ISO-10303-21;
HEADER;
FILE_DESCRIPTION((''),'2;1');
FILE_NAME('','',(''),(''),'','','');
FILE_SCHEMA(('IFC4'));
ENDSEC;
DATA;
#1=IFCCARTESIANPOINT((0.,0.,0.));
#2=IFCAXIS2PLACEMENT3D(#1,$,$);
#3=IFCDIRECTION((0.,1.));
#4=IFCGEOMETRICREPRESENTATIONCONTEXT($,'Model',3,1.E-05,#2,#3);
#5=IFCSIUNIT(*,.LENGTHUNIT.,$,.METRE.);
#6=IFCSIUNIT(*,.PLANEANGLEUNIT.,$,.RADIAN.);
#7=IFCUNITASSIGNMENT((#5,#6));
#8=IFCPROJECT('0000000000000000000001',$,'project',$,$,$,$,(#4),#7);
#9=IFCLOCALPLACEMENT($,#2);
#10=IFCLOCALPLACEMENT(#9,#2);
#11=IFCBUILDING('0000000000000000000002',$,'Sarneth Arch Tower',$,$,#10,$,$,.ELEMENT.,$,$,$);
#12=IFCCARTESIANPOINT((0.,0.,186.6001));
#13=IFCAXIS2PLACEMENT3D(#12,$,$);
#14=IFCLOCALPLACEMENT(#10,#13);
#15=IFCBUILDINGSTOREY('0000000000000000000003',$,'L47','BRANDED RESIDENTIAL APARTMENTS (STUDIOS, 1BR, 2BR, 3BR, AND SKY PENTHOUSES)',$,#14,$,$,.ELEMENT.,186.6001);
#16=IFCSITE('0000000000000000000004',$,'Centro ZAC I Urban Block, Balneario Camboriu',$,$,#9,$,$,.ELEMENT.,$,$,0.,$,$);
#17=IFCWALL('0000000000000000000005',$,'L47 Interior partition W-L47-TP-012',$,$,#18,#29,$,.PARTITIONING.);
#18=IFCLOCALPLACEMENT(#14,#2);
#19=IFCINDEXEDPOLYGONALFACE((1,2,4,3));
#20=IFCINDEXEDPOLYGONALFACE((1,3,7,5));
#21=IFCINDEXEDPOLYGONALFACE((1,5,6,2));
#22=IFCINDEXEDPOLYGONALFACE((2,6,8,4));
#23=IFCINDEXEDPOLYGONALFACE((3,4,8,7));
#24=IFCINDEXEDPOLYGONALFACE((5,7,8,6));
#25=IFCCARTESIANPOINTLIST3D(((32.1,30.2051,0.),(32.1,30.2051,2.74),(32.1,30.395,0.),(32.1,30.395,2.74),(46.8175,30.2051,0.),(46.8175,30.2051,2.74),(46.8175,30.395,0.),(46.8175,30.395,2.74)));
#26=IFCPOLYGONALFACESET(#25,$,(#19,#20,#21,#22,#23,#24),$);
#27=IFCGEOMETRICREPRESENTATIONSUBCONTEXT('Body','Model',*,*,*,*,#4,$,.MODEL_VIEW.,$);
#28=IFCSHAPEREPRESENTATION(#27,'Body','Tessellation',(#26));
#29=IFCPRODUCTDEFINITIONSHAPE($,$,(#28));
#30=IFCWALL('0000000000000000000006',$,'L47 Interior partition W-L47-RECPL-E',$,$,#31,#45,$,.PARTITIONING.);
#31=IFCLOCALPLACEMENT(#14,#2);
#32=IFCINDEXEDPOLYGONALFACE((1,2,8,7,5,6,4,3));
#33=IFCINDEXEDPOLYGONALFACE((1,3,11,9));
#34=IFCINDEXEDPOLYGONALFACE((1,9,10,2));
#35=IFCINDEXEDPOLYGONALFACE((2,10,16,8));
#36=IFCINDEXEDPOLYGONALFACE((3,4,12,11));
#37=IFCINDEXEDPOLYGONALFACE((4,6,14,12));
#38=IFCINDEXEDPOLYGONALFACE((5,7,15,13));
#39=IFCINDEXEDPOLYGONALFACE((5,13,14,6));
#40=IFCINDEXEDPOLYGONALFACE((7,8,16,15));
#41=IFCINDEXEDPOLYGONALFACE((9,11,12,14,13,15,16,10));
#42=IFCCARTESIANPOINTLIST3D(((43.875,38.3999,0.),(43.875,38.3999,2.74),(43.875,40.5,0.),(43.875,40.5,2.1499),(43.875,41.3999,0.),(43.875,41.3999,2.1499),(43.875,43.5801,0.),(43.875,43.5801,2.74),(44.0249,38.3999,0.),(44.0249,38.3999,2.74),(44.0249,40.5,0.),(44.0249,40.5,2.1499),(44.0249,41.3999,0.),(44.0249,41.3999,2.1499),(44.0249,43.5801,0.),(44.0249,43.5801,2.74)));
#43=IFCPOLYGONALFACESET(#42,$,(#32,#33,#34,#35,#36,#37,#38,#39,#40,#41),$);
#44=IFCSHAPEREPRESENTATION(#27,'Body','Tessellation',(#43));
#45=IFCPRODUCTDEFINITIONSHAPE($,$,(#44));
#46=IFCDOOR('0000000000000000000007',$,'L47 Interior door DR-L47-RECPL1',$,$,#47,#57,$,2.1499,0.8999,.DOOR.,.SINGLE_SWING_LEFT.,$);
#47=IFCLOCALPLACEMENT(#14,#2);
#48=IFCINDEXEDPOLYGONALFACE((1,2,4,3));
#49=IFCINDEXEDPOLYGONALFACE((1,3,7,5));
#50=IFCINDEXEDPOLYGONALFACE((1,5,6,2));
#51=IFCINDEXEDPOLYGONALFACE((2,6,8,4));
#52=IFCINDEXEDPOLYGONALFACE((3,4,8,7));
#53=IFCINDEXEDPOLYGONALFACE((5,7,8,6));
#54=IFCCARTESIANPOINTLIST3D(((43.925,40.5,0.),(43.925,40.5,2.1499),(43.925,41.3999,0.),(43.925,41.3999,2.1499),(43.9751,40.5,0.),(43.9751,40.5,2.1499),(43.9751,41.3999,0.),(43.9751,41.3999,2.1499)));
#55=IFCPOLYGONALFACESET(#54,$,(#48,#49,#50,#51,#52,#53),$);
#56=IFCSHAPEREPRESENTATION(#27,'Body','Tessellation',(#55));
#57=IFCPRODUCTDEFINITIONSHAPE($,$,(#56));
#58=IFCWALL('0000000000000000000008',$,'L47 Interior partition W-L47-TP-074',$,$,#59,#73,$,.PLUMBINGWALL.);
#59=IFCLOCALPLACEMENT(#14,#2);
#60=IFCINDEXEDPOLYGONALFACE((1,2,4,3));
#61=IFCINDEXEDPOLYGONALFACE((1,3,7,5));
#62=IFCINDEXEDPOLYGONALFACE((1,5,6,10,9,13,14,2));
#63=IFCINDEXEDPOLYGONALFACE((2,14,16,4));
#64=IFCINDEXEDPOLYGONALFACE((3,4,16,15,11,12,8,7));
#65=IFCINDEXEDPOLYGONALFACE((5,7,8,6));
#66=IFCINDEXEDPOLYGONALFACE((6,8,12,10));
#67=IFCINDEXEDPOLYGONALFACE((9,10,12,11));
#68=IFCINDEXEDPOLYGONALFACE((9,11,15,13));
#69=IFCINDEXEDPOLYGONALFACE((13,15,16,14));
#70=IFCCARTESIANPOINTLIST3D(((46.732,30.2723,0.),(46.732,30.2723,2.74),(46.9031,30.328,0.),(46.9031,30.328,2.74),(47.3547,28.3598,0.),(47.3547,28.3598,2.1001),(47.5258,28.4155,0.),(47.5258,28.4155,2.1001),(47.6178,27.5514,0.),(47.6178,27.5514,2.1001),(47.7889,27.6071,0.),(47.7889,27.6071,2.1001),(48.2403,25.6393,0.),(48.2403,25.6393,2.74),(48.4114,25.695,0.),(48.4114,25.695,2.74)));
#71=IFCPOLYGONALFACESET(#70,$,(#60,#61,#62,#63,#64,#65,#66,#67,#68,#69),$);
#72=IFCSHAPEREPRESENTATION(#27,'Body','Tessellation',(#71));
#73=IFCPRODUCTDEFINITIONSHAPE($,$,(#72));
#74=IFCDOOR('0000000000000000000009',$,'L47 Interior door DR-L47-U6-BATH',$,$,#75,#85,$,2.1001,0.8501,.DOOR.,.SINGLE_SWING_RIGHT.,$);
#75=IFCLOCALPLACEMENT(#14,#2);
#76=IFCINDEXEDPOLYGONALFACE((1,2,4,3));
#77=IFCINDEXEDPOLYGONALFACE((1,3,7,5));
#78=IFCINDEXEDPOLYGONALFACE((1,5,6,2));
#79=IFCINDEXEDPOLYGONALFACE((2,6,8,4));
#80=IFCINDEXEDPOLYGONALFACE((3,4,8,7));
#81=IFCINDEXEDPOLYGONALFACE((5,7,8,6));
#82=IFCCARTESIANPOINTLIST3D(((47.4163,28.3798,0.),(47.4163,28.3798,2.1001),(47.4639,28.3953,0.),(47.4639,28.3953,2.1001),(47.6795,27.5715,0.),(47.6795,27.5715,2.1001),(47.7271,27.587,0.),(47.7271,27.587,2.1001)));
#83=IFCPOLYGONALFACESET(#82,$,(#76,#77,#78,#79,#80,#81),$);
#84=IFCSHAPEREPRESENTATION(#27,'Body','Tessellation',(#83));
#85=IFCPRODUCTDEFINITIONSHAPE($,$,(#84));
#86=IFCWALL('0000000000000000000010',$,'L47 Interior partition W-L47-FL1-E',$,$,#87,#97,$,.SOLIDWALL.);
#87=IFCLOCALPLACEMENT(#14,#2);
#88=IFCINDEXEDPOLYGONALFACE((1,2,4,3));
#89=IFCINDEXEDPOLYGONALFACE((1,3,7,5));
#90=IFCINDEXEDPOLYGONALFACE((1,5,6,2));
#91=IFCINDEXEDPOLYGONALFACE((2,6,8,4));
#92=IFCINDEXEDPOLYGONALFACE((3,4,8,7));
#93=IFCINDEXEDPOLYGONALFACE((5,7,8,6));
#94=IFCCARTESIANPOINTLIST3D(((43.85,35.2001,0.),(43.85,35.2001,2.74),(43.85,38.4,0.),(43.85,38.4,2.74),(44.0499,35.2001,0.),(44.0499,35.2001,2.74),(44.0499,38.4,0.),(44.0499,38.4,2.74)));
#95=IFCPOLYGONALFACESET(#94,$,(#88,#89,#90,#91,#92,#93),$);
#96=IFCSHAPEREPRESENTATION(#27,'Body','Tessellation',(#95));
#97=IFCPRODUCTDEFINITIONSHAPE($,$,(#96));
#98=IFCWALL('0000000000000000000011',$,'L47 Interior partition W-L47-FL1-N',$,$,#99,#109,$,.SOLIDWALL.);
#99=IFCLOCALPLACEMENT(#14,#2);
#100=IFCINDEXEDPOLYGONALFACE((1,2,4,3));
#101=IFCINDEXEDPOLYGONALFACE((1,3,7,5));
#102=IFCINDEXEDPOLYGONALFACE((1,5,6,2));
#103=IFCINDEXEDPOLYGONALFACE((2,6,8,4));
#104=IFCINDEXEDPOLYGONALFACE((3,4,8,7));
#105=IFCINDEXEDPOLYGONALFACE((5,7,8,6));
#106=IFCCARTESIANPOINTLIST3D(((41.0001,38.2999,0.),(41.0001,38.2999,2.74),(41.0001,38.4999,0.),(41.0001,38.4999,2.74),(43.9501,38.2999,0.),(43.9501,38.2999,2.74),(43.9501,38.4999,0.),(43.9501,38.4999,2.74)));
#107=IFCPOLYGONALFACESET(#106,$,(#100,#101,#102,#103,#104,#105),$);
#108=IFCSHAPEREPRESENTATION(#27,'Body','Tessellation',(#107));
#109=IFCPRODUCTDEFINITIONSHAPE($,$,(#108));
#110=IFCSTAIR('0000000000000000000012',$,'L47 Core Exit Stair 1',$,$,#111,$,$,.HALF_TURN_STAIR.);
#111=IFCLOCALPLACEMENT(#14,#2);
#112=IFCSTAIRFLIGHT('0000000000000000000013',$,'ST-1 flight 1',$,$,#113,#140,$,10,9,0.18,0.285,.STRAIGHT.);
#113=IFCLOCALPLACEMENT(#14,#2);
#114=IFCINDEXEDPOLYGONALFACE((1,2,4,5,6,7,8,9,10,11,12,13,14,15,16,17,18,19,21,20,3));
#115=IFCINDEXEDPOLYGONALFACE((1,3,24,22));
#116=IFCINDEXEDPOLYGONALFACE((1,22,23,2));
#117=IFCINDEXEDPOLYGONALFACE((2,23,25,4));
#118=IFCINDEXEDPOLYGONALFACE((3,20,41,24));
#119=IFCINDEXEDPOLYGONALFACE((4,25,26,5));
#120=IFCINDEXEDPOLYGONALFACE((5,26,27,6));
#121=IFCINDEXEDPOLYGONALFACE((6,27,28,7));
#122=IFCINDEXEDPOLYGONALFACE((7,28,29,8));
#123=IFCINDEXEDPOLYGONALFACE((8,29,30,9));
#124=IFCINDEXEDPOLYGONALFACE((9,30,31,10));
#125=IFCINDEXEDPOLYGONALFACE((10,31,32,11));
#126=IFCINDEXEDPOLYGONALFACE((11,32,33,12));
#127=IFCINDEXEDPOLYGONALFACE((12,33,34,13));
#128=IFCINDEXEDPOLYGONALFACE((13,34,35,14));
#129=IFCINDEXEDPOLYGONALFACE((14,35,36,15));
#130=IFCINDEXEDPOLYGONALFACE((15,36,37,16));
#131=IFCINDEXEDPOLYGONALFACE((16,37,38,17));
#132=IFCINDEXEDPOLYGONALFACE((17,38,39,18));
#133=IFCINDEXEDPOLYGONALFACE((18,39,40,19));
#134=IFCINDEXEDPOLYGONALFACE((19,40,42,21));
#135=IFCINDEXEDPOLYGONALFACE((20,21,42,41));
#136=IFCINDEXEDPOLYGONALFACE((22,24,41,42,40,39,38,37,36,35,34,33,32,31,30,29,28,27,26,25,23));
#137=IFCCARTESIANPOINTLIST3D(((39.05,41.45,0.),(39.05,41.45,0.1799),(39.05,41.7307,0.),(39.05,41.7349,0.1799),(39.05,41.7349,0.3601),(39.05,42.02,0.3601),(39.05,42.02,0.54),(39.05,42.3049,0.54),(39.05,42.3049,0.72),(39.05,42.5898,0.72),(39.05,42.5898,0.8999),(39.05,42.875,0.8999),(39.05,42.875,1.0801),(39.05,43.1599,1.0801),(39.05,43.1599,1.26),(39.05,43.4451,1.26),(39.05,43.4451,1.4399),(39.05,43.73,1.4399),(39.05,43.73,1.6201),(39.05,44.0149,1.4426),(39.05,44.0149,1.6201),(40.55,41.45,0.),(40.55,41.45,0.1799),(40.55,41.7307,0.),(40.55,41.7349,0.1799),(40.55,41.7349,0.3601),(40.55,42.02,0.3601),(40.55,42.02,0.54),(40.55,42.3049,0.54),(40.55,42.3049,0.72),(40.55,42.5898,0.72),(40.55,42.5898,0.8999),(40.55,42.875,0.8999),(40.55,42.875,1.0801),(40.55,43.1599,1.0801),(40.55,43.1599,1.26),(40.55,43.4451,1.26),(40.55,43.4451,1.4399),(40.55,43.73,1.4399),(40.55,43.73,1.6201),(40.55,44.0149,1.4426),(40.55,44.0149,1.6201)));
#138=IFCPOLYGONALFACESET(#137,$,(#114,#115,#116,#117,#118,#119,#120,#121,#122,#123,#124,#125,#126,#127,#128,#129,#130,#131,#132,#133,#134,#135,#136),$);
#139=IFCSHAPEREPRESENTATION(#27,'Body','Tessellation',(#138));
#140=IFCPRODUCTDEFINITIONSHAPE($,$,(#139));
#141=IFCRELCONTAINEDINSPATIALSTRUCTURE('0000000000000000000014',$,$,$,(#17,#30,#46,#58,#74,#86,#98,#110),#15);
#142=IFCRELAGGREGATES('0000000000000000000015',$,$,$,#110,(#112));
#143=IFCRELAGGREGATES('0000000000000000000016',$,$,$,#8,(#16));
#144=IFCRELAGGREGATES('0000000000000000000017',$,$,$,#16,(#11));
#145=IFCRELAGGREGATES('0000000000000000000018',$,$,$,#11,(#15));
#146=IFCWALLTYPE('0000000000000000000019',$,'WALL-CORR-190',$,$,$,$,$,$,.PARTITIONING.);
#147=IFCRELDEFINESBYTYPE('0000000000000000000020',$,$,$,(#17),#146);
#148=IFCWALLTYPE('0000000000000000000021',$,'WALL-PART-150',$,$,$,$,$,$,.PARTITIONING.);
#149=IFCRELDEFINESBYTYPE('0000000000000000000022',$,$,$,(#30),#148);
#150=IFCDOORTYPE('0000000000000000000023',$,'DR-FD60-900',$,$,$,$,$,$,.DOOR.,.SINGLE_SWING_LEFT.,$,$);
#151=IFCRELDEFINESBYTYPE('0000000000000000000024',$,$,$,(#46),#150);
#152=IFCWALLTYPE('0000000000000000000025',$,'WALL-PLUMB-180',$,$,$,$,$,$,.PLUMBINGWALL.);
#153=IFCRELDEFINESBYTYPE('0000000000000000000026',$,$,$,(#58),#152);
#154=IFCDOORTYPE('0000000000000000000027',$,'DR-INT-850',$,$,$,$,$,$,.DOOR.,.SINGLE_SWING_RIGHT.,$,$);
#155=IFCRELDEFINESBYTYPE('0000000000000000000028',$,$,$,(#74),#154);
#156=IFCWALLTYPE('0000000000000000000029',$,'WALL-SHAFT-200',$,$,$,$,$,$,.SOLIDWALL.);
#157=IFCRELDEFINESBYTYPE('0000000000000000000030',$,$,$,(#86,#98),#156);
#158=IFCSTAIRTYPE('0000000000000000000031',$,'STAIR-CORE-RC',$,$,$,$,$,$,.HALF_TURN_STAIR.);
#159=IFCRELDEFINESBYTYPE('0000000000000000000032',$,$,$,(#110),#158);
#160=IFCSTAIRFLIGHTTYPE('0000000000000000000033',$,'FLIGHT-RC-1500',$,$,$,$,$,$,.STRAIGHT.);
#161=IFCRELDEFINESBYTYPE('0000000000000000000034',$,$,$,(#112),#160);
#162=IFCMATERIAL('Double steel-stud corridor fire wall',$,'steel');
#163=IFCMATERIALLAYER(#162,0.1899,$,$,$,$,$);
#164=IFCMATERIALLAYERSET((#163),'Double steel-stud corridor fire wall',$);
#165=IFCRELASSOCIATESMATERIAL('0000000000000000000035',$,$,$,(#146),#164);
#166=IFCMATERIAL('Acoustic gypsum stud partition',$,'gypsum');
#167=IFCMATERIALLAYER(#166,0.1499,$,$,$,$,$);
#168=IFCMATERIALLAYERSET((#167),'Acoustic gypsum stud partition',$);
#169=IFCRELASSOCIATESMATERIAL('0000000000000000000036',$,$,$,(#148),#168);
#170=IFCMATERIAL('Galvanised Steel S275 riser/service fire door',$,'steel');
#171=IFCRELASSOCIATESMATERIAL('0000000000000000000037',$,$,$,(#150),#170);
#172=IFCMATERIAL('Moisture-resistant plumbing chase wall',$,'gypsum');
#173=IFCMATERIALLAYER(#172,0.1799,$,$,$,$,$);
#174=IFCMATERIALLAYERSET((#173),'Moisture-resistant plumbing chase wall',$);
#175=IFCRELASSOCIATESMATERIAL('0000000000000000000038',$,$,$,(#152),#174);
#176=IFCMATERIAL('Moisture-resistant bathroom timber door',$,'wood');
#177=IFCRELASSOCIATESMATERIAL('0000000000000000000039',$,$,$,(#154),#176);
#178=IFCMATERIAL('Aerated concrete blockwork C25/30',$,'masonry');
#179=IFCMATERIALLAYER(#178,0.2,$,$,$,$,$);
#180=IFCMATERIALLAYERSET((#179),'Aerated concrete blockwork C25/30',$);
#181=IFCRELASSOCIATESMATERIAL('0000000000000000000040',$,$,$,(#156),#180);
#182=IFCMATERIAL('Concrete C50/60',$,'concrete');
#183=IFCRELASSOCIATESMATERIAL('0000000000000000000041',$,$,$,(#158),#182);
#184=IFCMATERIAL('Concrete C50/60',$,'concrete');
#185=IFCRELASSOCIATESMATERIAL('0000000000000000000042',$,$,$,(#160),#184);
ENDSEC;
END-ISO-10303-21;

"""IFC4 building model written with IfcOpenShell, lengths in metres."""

from ifc_helpers import new_model, si_unit, direction, frame, frame_2d, origin, place, context, subcontext, project, spatial, polyline, rectangle, outline, extrude, material, layer, layer_set, type_object, element, fill, aggregate, save


model = new_model("IFC4")

# Units and contexts
model_context = context("Model", 3, precision=1e-05, world=origin(), true_north=direction((0.0, 1.0)))
body_context = subcontext(model_context, "Body", "Model", "MODEL_VIEW")
ifc_project = project(units=[si_unit("LENGTHUNIT", "METRE"), si_unit("PLANEANGLEUNIT", "RADIAN")], contexts=[model_context])

# Site, building, storey
site_placement = place(None, origin())
site = spatial("IfcSite", under=ifc_project, at=site_placement, Name="Centro ZAC I Urban Block, Balneario Camboriu", CompositionType="ELEMENT", RefElevation=0.0)
building_placement = place(site_placement, origin())
building = spatial("IfcBuilding", under=site, at=building_placement, Name="Sarneth Arch Tower", CompositionType="ELEMENT")
storey_placement = place(building_placement, frame((0.0, 0.0, 186.6001)))
storey = spatial("IfcBuildingStorey", under=building, at=storey_placement, Name="L47", Description="BRANDED RESIDENTIAL APARTMENTS (STUDIOS, 1BR, 2BR, 3BR, AND SKY PENTHOUSES)", CompositionType="ELEMENT", Elevation=186.6001)

# Wall
ifc_material_1 = material(Name="Double steel-stud corridor fire wall", Category="steel")
ifc_layer_1 = layer(ifc_material_1, 0.1899)
ifc_layer_set_1 = layer_set([ifc_layer_1], Name="Double steel-stud corridor fire wall")
wall_type_1 = type_object("IfcWallType", Name="WALL-CORR-190", PredefinedType="PARTITIONING", material=ifc_layer_set_1)
wall_1_placement = place(storey_placement, frame((46.8176, 30.3, 0.0), z_axis=(0.0, 0.0, 1.0), x_axis=(-1.0, 0.0, 0.0)))
element("IfcWall", 1, at=wall_1_placement, inside=storey, type_object=wall_type_1, Name="L47 Interior partition W-L47-TP-012", PredefinedType="PARTITIONING", context=body_context, shape_type="SweptSolid", body=[
    extrude(rectangle(XDim=14.7175, YDim=0.1899, at=frame_2d((7.3589, 0.0))), origin(), (0.0, 0.0, 1.0), 2.74),
])

# Walls, openings, doors
ifc_material_2 = material(Name="Acoustic gypsum stud partition", Category="gypsum")
ifc_layer_2 = layer(ifc_material_2, 0.1499)
ifc_layer_set_2 = layer_set([ifc_layer_2], Name="Acoustic gypsum stud partition")
wall_type_2 = type_object("IfcWallType", Name="WALL-PART-150", PredefinedType="PARTITIONING", material=ifc_layer_set_2)
wall_2_placement = place(storey_placement, frame((43.95, 38.3999, 0.0), z_axis=(0.0, 0.0, 1.0), x_axis=(0.0, 1.0, 0.0)))
wall_2 = element("IfcWall", 2, at=wall_2_placement, inside=storey, type_object=wall_type_2, Name="L47 Interior partition W-L47-RECPL-E", PredefinedType="PARTITIONING", context=body_context, shape_type="SweptSolid", body=[
    extrude(rectangle(XDim=5.1802, YDim=0.1499, at=frame_2d((2.5901, 0.0))), origin(), (0.0, 0.0, 1.0), 2.74),
])
opening_1_placement = place(wall_2_placement, frame((2.1001, 0.0, 0.0)))
opening_1 = element("IfcOpeningElement", 3, at=opening_1_placement, cuts=wall_2, PredefinedType="OPENING", context=body_context, shape_type="SweptSolid", body=[
    extrude(rectangle(XDim=0.8999, YDim=2.1499, at=frame_2d((0.45, 1.075))), frame((0.0, 0.085, 0.0), z_axis=(0.0, -1.0, 0.0), x_axis=(1.0, 0.0, 0.0)), (0.0, 0.0, 1.0), 0.1699),
])
ifc_material_3 = material(Name="Galvanised Steel S275 riser/service fire door", Category="steel")
door_type_1 = type_object("IfcDoorType", Name="DR-FD60-900", OperationType="SINGLE_SWING_LEFT", PredefinedType="DOOR", material=ifc_material_3)
door_1_placement = place(opening_1_placement, origin())
door_1 = element("IfcDoor", 4, at=door_1_placement, inside=storey, type_object=door_type_1, Name="L47 Interior door DR-L47-RECPL1", OperationType="SINGLE_SWING_LEFT", OverallHeight=2.1499, OverallWidth=0.8999, PredefinedType="DOOR", context=body_context, shape_type="SweptSolid", body=[
    extrude(rectangle(XDim=0.8999, YDim=2.1499, at=frame_2d((0.45, 1.075))), frame((0.0, 0.0249, 0.0), z_axis=(0.0, -1.0, 0.0), x_axis=(1.0, 0.0, 0.0)), (0.0, 0.0, 1.0), 0.05),
])
fill(opening_1, door_1)
ifc_material_4 = material(Name="Moisture-resistant plumbing chase wall", Category="gypsum")
ifc_layer_3 = layer(ifc_material_4, 0.1799)
ifc_layer_set_3 = layer_set([ifc_layer_3], Name="Moisture-resistant plumbing chase wall")
wall_type_3 = type_object("IfcWallType", Name="WALL-PLUMB-180", PredefinedType="PLUMBINGWALL", material=ifc_layer_set_3)
wall_3_placement = place(storey_placement, frame((46.8176, 30.3, 0.0), z_axis=(0.0, 0.0, 1.0), x_axis=(0.309561, -0.95088, 0.0)))
wall_3 = element("IfcWall", 5, at=wall_3_placement, inside=storey, type_object=wall_type_3, Name="L47 Interior partition W-L47-TP-074", PredefinedType="PLUMBINGWALL", context=body_context, shape_type="SweptSolid", body=[
    extrude(rectangle(XDim=4.8723, YDim=0.1799, at=frame_2d((2.436, 0.0))), origin(), (0.0, 0.0, 1.0), 2.74),
])
opening_2_placement = place(wall_3_placement, frame((2.0112, 0.0, 0.0)))
opening_2 = element("IfcOpeningElement", 6, at=opening_2_placement, cuts=wall_3, PredefinedType="OPENING", context=body_context, shape_type="SweptSolid", body=[
    extrude(rectangle(XDim=0.8501, YDim=2.1001, at=frame_2d((0.425, 1.05))), frame((0.0, 0.0999, 0.0), z_axis=(0.0, -1.0, 0.0), x_axis=(1.0, 0.0, 0.0)), (0.0, 0.0, 1.0), 0.2),
])
ifc_material_5 = material(Name="Moisture-resistant bathroom timber door", Category="wood")
door_type_2 = type_object("IfcDoorType", Name="DR-INT-850", OperationType="SINGLE_SWING_RIGHT", PredefinedType="DOOR", material=ifc_material_5)
door_2_placement = place(opening_2_placement, origin())
door_2 = element("IfcDoor", 7, at=door_2_placement, inside=storey, type_object=door_type_2, Name="L47 Interior door DR-L47-U6-BATH", OperationType="SINGLE_SWING_RIGHT", OverallHeight=2.1001, OverallWidth=0.8501, PredefinedType="DOOR", context=body_context, shape_type="SweptSolid", body=[
    extrude(rectangle(XDim=0.8501, YDim=2.1001, at=frame_2d((0.425, 1.05))), frame((0.0, 0.0249, 0.0), z_axis=(0.0, -1.0, 0.0), x_axis=(1.0, 0.0, 0.0)), (0.0, 0.0, 1.0), 0.05),
])
fill(opening_2, door_2)
ifc_material_6 = material(Name="Aerated concrete blockwork C25/30", Category="masonry")
ifc_layer_4 = layer(ifc_material_6, 0.2)
ifc_layer_set_4 = layer_set([ifc_layer_4], Name="Aerated concrete blockwork C25/30")
wall_type_4 = type_object("IfcWallType", Name="WALL-SHAFT-200", PredefinedType="SOLIDWALL", material=ifc_layer_set_4)

# Walls
wall_4_placement = place(storey_placement, frame((43.95, 35.2, 0.0), z_axis=(0.0, 0.0, 1.0), x_axis=(0.0, 1.0, 0.0)))
element("IfcWall", 8, at=wall_4_placement, inside=storey, type_object=wall_type_4, Name="L47 Interior partition W-L47-FL1-E", PredefinedType="SOLIDWALL", context=body_context, shape_type="SweptSolid", body=[
    extrude(rectangle(XDim=3.2, YDim=0.2, at=frame_2d((1.6001, 0.0))), origin(), (0.0, 0.0, 1.0), 2.74),
])
wall_5_placement = place(storey_placement, frame((41.0, 38.3999, 0.0), z_axis=(0.0, 0.0, 1.0), x_axis=(1.0, 0.0, 0.0)))
element("IfcWall", 9, at=wall_5_placement, inside=storey, type_object=wall_type_4, Name="L47 Interior partition W-L47-FL1-N", PredefinedType="SOLIDWALL", context=body_context, shape_type="SweptSolid", body=[
    extrude(rectangle(XDim=2.95, YDim=0.2, at=frame_2d((1.4751, 0.0))), origin(), (0.0, 0.0, 1.0), 2.74),
])

# Stair, stair flight
ifc_material_7 = material(Name="Concrete C50/60", Category="concrete")
stair_type = type_object("IfcStairType", Name="STAIR-CORE-RC", PredefinedType="HALF_TURN_STAIR", material=ifc_material_7)
stair_placement = place(storey_placement, origin())
stair = element("IfcStair", 10, at=stair_placement, inside=storey, type_object=stair_type, Name="L47 Core Exit Stair 1", PredefinedType="HALF_TURN_STAIR")
ifc_material_8 = material(Name="Concrete C50/60", Category="concrete")
stair_flight_type = type_object("IfcStairFlightType", Name="FLIGHT-RC-1500", PredefinedType="STRAIGHT", material=ifc_material_8)
stair_flight_placement = place(storey_placement, frame((39.8, 41.45, 0.0), z_axis=(0.0, 0.0, 1.0), x_axis=(0.0, 1.0, 0.0)))
stair_flight = element("IfcStairFlight", 11, at=stair_flight_placement, type_object=stair_flight_type, Name="ST-1 flight 1", NumberOfRisers=10, NumberOfTreads=9, PredefinedType="STRAIGHT", RiserHeight=0.18, TreadLength=0.285, context=body_context, shape_type="SweptSolid", body=[
    extrude(outline(polyline([(0.0, 0.0), (0.0, 0.1799), (0.2849, 0.1799), (0.2849, 0.3601), (0.5701, 0.3601), (0.5701, 0.54), (0.855, 0.54), (0.855, 0.72), (1.1399, 0.72), (1.1399, 0.8999), (1.425, 0.8999), (1.425, 1.0801), (1.71, 1.0801), (1.71, 1.26), (1.9951, 1.26), (1.9951, 1.4399), (2.28, 1.4399), (2.28, 1.6201), (2.5649, 1.6201), (2.5649, 1.8), (2.5649, 1.4426), (0.2808, 0.0), (0.0, 0.0)])), frame((0.0, 0.75, 0.0), z_axis=(0.0, -1.0, 0.0), x_axis=(1.0, 0.0, 0.0)), (0.0, 0.0, 1.0), 1.5),
])
aggregate(stair, [stair_flight])

save(model, "model.ifc")
